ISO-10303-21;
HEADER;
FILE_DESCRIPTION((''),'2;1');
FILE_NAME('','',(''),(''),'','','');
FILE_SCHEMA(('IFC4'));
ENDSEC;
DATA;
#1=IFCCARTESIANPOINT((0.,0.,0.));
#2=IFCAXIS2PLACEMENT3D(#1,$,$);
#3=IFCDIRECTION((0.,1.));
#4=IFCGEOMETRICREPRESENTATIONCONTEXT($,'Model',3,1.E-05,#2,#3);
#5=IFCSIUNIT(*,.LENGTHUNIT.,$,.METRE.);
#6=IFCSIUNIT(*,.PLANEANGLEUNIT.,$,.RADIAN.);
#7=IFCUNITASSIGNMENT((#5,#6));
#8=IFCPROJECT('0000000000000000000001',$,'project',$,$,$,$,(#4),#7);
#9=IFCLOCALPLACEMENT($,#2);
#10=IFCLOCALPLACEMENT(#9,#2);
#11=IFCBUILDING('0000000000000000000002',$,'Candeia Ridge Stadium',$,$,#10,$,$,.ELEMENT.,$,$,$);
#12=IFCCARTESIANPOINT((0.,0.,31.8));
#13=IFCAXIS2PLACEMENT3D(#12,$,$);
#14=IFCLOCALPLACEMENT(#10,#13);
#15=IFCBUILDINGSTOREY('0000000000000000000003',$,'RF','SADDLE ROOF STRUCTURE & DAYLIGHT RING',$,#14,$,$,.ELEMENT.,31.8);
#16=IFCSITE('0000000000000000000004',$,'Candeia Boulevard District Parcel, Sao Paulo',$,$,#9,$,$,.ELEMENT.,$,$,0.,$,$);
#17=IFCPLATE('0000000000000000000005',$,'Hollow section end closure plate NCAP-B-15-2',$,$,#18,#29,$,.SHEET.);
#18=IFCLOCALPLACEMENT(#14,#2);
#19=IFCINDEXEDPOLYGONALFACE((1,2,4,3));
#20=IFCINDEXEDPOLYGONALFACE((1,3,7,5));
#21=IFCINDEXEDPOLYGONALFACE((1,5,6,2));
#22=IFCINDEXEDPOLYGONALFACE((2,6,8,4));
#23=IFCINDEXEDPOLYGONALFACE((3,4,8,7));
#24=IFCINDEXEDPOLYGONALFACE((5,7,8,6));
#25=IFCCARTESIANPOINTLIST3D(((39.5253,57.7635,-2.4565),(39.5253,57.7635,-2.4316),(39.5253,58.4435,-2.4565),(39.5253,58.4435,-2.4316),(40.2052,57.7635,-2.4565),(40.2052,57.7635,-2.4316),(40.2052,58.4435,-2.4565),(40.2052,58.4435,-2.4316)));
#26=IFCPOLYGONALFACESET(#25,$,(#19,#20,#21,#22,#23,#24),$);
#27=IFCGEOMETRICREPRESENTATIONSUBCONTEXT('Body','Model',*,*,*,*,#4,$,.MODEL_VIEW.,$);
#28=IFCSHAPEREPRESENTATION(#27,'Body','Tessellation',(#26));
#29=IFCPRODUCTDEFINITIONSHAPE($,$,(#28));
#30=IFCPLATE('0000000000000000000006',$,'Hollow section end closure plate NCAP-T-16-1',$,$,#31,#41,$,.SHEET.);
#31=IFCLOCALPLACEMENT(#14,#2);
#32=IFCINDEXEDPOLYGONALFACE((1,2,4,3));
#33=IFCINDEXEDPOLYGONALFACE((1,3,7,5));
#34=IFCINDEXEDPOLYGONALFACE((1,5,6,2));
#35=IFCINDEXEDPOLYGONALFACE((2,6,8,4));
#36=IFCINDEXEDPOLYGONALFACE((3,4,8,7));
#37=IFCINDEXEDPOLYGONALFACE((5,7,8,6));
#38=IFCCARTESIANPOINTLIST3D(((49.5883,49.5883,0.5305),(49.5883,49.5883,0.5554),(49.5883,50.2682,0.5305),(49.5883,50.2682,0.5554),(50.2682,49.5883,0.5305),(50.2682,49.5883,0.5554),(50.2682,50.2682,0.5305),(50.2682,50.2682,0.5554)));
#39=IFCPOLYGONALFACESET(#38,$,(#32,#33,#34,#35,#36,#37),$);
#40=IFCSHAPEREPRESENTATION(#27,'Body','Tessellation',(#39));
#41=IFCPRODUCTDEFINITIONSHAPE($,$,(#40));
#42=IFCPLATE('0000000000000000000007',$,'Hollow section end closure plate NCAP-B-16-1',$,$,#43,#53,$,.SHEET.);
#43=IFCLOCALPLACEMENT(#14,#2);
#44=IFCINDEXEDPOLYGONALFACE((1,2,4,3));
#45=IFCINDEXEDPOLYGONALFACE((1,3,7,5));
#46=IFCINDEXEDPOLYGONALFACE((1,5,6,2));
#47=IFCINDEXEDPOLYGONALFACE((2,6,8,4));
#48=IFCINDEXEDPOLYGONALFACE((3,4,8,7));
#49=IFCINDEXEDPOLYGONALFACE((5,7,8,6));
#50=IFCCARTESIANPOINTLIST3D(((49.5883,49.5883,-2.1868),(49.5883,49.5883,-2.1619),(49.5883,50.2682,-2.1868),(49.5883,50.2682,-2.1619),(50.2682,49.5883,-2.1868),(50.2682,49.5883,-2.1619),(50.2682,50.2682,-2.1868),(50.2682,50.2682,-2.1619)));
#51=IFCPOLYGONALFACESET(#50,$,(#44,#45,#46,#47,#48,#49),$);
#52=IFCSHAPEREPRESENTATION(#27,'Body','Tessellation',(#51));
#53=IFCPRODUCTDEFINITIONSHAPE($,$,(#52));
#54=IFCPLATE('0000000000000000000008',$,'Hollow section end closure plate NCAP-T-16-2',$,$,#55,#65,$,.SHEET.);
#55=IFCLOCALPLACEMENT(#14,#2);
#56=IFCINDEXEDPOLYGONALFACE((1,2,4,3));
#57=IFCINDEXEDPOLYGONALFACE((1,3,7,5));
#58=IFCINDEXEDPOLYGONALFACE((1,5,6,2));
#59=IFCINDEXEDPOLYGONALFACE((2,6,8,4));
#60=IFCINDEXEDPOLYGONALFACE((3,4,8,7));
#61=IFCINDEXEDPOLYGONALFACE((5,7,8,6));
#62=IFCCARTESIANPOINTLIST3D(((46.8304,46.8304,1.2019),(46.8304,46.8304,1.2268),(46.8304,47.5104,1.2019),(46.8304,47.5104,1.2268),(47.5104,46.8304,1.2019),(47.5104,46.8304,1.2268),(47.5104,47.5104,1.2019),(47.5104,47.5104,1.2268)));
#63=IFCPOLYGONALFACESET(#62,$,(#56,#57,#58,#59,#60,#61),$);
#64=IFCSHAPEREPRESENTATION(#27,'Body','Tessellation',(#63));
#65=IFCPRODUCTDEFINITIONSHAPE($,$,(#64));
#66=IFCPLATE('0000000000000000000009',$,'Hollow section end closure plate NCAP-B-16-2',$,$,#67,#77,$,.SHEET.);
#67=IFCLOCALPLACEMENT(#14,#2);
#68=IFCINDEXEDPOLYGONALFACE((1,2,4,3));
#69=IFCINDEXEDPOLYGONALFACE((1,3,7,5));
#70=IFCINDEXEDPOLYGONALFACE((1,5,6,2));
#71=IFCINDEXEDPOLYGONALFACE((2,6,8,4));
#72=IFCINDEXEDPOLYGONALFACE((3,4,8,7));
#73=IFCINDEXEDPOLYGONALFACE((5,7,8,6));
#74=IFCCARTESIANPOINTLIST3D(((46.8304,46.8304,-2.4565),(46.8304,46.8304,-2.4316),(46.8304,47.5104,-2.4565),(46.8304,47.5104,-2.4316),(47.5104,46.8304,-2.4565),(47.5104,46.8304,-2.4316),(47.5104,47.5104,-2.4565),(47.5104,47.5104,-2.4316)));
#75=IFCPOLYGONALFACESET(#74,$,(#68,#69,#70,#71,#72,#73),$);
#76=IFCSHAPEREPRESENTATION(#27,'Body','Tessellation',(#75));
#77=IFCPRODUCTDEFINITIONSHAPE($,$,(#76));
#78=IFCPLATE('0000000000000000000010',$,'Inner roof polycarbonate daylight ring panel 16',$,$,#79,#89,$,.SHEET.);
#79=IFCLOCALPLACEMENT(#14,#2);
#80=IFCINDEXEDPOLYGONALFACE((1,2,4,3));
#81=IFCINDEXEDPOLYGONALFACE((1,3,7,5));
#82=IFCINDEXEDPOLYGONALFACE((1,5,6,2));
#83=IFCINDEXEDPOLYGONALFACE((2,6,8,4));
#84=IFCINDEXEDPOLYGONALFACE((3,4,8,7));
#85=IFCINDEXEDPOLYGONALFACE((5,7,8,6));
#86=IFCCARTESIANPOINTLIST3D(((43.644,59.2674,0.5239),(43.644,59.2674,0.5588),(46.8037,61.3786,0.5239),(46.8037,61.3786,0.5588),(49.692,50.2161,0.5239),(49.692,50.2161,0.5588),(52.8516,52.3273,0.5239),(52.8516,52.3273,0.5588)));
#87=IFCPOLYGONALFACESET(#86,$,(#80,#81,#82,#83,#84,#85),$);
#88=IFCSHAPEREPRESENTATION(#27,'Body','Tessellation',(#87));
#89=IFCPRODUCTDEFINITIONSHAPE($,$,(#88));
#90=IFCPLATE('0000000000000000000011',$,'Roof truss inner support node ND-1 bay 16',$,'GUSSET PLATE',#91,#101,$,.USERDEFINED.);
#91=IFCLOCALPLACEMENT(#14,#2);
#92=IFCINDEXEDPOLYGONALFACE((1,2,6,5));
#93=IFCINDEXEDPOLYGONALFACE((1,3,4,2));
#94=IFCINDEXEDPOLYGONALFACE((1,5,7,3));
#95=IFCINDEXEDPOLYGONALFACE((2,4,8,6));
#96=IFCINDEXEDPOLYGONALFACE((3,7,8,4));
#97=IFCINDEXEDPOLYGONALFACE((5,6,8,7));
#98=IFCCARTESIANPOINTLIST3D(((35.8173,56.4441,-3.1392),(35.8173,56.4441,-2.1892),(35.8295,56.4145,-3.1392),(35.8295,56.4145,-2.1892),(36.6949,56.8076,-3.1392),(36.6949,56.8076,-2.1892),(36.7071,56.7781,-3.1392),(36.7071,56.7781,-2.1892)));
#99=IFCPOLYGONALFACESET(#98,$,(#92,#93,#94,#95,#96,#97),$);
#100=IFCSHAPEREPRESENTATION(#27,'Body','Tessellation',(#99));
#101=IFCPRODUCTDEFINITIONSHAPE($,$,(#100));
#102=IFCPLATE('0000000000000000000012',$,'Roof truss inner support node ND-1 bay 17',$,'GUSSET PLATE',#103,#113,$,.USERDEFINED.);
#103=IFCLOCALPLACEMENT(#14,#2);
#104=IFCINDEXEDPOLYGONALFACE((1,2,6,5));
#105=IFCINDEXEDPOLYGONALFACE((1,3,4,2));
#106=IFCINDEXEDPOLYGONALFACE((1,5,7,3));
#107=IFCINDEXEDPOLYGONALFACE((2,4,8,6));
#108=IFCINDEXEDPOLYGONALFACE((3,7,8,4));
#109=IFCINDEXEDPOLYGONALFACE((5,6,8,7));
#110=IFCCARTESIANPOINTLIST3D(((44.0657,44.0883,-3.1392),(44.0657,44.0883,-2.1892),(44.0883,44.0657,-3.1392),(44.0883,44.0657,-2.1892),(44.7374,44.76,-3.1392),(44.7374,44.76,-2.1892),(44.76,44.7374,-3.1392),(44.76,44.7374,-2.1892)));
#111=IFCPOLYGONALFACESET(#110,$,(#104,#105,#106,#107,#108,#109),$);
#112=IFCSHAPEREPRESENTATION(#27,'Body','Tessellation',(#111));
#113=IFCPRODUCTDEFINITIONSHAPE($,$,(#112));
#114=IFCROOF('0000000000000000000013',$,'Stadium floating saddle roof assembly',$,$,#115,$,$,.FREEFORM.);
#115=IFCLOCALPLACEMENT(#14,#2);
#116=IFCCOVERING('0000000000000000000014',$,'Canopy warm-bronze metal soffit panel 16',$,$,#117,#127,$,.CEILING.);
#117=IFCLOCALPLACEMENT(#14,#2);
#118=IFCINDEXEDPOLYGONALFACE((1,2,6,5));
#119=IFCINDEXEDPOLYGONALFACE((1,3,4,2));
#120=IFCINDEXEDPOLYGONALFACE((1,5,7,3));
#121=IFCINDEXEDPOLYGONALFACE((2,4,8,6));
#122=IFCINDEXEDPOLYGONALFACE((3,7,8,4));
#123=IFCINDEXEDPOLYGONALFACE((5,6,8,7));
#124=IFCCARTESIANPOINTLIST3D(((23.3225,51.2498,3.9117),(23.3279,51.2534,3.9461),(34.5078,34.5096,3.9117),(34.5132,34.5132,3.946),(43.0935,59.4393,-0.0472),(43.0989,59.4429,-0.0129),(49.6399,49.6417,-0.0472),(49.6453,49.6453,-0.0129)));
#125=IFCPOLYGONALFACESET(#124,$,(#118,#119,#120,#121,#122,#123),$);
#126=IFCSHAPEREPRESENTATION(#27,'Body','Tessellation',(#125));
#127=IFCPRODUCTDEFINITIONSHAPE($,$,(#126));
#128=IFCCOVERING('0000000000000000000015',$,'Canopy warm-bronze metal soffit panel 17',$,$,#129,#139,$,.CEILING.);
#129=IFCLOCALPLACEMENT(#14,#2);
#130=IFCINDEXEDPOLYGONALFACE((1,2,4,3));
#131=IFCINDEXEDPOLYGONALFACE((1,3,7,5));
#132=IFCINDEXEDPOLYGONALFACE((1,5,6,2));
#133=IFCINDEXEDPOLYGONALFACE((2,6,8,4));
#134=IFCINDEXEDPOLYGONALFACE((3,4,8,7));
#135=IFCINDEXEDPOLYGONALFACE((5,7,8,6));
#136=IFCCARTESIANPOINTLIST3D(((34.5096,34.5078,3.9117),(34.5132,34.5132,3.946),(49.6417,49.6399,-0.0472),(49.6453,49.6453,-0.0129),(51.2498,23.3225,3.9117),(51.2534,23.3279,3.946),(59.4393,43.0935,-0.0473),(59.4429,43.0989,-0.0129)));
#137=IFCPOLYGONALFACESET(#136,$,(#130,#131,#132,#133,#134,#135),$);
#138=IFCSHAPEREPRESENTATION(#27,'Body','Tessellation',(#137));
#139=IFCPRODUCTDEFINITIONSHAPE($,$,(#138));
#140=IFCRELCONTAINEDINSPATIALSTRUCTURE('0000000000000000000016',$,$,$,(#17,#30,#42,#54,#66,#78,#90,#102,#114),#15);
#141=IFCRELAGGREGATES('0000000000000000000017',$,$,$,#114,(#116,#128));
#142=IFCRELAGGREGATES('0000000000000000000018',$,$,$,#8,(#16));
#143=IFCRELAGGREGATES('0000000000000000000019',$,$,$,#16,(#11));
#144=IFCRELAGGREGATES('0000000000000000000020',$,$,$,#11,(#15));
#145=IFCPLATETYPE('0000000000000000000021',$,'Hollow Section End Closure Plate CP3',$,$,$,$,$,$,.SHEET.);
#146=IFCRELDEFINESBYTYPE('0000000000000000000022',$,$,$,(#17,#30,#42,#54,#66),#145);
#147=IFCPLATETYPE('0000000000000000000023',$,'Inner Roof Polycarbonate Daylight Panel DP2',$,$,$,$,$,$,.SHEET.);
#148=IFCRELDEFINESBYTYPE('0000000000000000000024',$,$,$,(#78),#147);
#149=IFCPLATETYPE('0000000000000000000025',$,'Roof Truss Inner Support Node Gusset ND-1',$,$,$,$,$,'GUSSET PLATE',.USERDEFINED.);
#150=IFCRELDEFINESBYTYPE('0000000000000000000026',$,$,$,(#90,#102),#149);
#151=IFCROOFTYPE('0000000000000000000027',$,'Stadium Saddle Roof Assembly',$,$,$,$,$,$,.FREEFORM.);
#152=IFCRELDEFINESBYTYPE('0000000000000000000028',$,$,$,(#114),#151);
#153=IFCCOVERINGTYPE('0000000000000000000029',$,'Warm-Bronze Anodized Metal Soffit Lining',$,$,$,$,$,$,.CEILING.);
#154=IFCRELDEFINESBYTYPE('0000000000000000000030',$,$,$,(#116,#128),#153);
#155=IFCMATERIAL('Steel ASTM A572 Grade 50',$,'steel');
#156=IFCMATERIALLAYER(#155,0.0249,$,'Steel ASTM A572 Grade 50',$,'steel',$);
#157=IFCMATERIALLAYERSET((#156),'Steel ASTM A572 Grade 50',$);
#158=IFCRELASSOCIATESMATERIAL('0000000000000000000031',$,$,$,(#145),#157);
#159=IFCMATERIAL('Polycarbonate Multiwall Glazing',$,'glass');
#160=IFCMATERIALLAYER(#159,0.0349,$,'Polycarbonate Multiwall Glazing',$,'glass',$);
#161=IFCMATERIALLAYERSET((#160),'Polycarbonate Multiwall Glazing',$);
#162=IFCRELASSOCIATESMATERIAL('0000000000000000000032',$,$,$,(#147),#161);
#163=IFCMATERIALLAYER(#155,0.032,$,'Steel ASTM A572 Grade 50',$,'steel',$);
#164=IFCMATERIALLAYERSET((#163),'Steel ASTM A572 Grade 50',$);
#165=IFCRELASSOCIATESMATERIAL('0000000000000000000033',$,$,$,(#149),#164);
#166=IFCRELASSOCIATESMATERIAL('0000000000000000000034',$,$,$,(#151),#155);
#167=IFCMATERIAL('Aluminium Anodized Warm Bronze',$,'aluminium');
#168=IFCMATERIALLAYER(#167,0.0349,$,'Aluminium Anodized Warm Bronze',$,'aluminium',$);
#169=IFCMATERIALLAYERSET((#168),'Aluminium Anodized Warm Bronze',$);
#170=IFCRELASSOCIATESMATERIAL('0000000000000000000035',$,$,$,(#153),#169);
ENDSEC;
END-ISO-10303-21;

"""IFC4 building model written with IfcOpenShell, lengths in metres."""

from ifc_helpers import new_model, si_unit, direction, frame, origin, origin_2d, place, context, subcontext, project, spatial, polyline, rectangle, outline, extrude, material, layer, layer_set, type_object, element, aggregate, save


model = new_model("IFC4")

# Units and contexts
model_context = context("Model", 3, precision=1e-05, world=origin(), true_north=direction((0.0, 1.0)))
body_context = subcontext(model_context, "Body", "Model", "MODEL_VIEW")
ifc_project = project(units=[si_unit("LENGTHUNIT", "METRE"), si_unit("PLANEANGLEUNIT", "RADIAN")], contexts=[model_context])

# Site, building, storey
site_placement = place(None, origin())
site = spatial("IfcSite", under=ifc_project, at=site_placement, Name="Candeia Boulevard District Parcel, Sao Paulo", CompositionType="ELEMENT", RefElevation=0.0)
building_placement = place(site_placement, origin())
building = spatial("IfcBuilding", under=site, at=building_placement, Name="Candeia Ridge Stadium", CompositionType="ELEMENT")
storey_placement = place(building_placement, frame((0.0, 0.0, 31.8)))
storey = spatial("IfcBuildingStorey", under=building, at=storey_placement, Name="RF", Description="SADDLE ROOF STRUCTURE & DAYLIGHT RING", CompositionType="ELEMENT", Elevation=31.8)

# Shared definitions
ifc_material_1 = material(Name="Steel ASTM A572 Grade 50", Category="steel")

# Plates
ifc_layer_1 = layer(ifc_material_1, 0.0249, Name="Steel ASTM A572 Grade 50", Category="steel")
ifc_layer_set_1 = layer_set([ifc_layer_1], Name="Steel ASTM A572 Grade 50")
plate_type_1 = type_object("IfcPlateType", Name="Hollow Section End Closure Plate CP3", PredefinedType="SHEET", material=ifc_layer_set_1)
for number, where, z_axis, x_axis, name in (
    (1, (39.8652, 58.1035, -2.4565), (0.0, 0.0, 1.0), (1.0, 0.0, 0.0), "Hollow section end closure plate NCAP-B-15-2"),
    (2, (49.9282, 49.9282, 0.5305), (0.0, 0.0, 1.0), (1.0, 0.0, 0.0), "Hollow section end closure plate NCAP-T-16-1"),
    (3, (49.9282, 49.9282, -2.1868), (0.0, 0.0, 1.0), (1.0, 0.0, 0.0), "Hollow section end closure plate NCAP-B-16-1"),
    (4, (47.1704, 47.1704, 1.2019), (0.0, 0.0, 1.0), (1.0, 0.0, 0.0), "Hollow section end closure plate NCAP-T-16-2"),
    (5, (47.1704, 47.1704, -2.4565), (0.0, 0.0, 1.0), (1.0, 0.0, 0.0), "Hollow section end closure plate NCAP-B-16-2"),
):
    element("IfcPlate", number, at=place(storey_placement, frame(where, z_axis=z_axis, x_axis=x_axis)), inside=storey, type_object=plate_type_1, Name=name, PredefinedType="SHEET", context=body_context, shape_type="SweptSolid", body=[
        extrude(rectangle(XDim=0.6799, YDim=0.6799, at=origin_2d()), origin(), (0.0, 0.0, 1.0), 0.0249),
    ])
ifc_material_2 = material(Name="Polycarbonate Multiwall Glazing", Category="glass")
ifc_layer_2 = layer(ifc_material_2, 0.0349, Name="Polycarbonate Multiwall Glazing", Category="glass")
ifc_layer_set_2 = layer_set([ifc_layer_2], Name="Polycarbonate Multiwall Glazing")
plate_type_2 = type_object("IfcPlateType", Name="Inner Roof Polycarbonate Daylight Panel DP2", PredefinedType="SHEET", material=ifc_layer_set_2)
plate_placement = place(storey_placement, frame((48.2478, 55.7974, 0.5239), z_axis=(0.0, 0.0, 1.0), x_axis=(0.55557, -0.83147, 0.0)))
element("IfcPlate", 6, at=plate_placement, inside=storey, type_object=plate_type_2, Name="Inner roof polycarbonate daylight ring panel 16", PredefinedType="SHEET", context=body_context, shape_type="SweptSolid", body=[
    extrude(rectangle(XDim=10.886, YDim=3.8, at=origin_2d()), origin(), (0.0, 0.0, 1.0), 0.0349),
])
ifc_layer_3 = layer(ifc_material_1, 0.032, Name="Steel ASTM A572 Grade 50", Category="steel")
ifc_layer_set_3 = layer_set([ifc_layer_3], Name="Steel ASTM A572 Grade 50")
plate_type_3 = type_object("IfcPlateType", Name="Roof Truss Inner Support Node Gusset ND-1", ElementType="GUSSET PLATE", PredefinedType="USERDEFINED", material=ifc_layer_set_3)
for number, where, z_axis, x_axis, name in (
    (7, (36.2622, 56.6111, -3.1392), (0.0, 0.0, 1.0), (-0.92388, -0.382683, 0.0), "Roof truss inner support node ND-1 bay 16"),
    (8, (44.4128, 44.4128, -3.1392), (0.0, 0.0, 1.0), (-0.707107, -0.707107, 0.0), "Roof truss inner support node ND-1 bay 17"),
):
    element("IfcPlate", number, at=place(storey_placement, frame(where, z_axis=z_axis, x_axis=x_axis)), inside=storey, type_object=plate_type_3, Name=name, ObjectType="GUSSET PLATE", PredefinedType="USERDEFINED", context=body_context, shape_type="SweptSolid", body=[
        extrude(rectangle(XDim=0.95, YDim=0.032, at=origin_2d()), origin(), (0.0, 0.0, 1.0), 0.95),
    ])

# Roof, coverings
roof_type = type_object("IfcRoofType", Name="Stadium Saddle Roof Assembly", PredefinedType="FREEFORM", material=ifc_material_1)
roof_placement = place(storey_placement, origin())
roof = element("IfcRoof", 9, at=roof_placement, inside=storey, type_object=roof_type, Name="Stadium floating saddle roof assembly", PredefinedType="FREEFORM")
ifc_material_3 = material(Name="Aluminium Anodized Warm Bronze", Category="aluminium")
ifc_layer_4 = layer(ifc_material_3, 0.0349, Name="Aluminium Anodized Warm Bronze", Category="aluminium")
ifc_layer_set_4 = layer_set([ifc_layer_4], Name="Aluminium Anodized Warm Bronze")
covering_type = type_object("IfcCoveringType", Name="Warm-Bronze Anodized Metal Soffit Lining", PredefinedType="CEILING", material=ifc_layer_set_4)
covering_1_placement = place(storey_placement, frame((43.0989, 59.4429, -0.0129), z_axis=(0.154118, 0.102976, 0.982672), x_axis=(0.555561, -0.831476, 0.000001)))
covering_1 = element("IfcCovering", 10, at=covering_1_placement, type_object=covering_type, Name="Canopy warm-bronze metal soffit panel 16", PredefinedType="CEILING", context=body_context, shape_type="SweptSolid", body=[
    extrude(outline(polyline([(0.0, 0.0), (11.7834, 0.0), (15.9586, -21.3589), (-4.1747, -21.359), (0.0, 0.0)])), origin(), (0.0, 0.0, -1.0), 0.0349),
])
covering_2_placement = place(storey_placement, frame((49.6453, 49.6453, -0.0129), z_axis=(0.102976, 0.154118, 0.982672), x_axis=(0.831476, -0.555561, -0.000001)))
covering_2 = element("IfcCovering", 11, at=covering_2_placement, type_object=covering_type, Name="Canopy warm-bronze metal soffit panel 17", PredefinedType="CEILING", context=body_context, shape_type="SweptSolid", body=[
    extrude(outline(polyline([(0.0, 0.0), (11.7834, 0.0), (15.958, -21.359), (-4.1752, -21.3589), (0.0, 0.0)])), origin(), (0.0, 0.0, -1.0), 0.0349),
])
aggregate(roof, [covering_1, covering_2])

save(model, "model.ifc")
